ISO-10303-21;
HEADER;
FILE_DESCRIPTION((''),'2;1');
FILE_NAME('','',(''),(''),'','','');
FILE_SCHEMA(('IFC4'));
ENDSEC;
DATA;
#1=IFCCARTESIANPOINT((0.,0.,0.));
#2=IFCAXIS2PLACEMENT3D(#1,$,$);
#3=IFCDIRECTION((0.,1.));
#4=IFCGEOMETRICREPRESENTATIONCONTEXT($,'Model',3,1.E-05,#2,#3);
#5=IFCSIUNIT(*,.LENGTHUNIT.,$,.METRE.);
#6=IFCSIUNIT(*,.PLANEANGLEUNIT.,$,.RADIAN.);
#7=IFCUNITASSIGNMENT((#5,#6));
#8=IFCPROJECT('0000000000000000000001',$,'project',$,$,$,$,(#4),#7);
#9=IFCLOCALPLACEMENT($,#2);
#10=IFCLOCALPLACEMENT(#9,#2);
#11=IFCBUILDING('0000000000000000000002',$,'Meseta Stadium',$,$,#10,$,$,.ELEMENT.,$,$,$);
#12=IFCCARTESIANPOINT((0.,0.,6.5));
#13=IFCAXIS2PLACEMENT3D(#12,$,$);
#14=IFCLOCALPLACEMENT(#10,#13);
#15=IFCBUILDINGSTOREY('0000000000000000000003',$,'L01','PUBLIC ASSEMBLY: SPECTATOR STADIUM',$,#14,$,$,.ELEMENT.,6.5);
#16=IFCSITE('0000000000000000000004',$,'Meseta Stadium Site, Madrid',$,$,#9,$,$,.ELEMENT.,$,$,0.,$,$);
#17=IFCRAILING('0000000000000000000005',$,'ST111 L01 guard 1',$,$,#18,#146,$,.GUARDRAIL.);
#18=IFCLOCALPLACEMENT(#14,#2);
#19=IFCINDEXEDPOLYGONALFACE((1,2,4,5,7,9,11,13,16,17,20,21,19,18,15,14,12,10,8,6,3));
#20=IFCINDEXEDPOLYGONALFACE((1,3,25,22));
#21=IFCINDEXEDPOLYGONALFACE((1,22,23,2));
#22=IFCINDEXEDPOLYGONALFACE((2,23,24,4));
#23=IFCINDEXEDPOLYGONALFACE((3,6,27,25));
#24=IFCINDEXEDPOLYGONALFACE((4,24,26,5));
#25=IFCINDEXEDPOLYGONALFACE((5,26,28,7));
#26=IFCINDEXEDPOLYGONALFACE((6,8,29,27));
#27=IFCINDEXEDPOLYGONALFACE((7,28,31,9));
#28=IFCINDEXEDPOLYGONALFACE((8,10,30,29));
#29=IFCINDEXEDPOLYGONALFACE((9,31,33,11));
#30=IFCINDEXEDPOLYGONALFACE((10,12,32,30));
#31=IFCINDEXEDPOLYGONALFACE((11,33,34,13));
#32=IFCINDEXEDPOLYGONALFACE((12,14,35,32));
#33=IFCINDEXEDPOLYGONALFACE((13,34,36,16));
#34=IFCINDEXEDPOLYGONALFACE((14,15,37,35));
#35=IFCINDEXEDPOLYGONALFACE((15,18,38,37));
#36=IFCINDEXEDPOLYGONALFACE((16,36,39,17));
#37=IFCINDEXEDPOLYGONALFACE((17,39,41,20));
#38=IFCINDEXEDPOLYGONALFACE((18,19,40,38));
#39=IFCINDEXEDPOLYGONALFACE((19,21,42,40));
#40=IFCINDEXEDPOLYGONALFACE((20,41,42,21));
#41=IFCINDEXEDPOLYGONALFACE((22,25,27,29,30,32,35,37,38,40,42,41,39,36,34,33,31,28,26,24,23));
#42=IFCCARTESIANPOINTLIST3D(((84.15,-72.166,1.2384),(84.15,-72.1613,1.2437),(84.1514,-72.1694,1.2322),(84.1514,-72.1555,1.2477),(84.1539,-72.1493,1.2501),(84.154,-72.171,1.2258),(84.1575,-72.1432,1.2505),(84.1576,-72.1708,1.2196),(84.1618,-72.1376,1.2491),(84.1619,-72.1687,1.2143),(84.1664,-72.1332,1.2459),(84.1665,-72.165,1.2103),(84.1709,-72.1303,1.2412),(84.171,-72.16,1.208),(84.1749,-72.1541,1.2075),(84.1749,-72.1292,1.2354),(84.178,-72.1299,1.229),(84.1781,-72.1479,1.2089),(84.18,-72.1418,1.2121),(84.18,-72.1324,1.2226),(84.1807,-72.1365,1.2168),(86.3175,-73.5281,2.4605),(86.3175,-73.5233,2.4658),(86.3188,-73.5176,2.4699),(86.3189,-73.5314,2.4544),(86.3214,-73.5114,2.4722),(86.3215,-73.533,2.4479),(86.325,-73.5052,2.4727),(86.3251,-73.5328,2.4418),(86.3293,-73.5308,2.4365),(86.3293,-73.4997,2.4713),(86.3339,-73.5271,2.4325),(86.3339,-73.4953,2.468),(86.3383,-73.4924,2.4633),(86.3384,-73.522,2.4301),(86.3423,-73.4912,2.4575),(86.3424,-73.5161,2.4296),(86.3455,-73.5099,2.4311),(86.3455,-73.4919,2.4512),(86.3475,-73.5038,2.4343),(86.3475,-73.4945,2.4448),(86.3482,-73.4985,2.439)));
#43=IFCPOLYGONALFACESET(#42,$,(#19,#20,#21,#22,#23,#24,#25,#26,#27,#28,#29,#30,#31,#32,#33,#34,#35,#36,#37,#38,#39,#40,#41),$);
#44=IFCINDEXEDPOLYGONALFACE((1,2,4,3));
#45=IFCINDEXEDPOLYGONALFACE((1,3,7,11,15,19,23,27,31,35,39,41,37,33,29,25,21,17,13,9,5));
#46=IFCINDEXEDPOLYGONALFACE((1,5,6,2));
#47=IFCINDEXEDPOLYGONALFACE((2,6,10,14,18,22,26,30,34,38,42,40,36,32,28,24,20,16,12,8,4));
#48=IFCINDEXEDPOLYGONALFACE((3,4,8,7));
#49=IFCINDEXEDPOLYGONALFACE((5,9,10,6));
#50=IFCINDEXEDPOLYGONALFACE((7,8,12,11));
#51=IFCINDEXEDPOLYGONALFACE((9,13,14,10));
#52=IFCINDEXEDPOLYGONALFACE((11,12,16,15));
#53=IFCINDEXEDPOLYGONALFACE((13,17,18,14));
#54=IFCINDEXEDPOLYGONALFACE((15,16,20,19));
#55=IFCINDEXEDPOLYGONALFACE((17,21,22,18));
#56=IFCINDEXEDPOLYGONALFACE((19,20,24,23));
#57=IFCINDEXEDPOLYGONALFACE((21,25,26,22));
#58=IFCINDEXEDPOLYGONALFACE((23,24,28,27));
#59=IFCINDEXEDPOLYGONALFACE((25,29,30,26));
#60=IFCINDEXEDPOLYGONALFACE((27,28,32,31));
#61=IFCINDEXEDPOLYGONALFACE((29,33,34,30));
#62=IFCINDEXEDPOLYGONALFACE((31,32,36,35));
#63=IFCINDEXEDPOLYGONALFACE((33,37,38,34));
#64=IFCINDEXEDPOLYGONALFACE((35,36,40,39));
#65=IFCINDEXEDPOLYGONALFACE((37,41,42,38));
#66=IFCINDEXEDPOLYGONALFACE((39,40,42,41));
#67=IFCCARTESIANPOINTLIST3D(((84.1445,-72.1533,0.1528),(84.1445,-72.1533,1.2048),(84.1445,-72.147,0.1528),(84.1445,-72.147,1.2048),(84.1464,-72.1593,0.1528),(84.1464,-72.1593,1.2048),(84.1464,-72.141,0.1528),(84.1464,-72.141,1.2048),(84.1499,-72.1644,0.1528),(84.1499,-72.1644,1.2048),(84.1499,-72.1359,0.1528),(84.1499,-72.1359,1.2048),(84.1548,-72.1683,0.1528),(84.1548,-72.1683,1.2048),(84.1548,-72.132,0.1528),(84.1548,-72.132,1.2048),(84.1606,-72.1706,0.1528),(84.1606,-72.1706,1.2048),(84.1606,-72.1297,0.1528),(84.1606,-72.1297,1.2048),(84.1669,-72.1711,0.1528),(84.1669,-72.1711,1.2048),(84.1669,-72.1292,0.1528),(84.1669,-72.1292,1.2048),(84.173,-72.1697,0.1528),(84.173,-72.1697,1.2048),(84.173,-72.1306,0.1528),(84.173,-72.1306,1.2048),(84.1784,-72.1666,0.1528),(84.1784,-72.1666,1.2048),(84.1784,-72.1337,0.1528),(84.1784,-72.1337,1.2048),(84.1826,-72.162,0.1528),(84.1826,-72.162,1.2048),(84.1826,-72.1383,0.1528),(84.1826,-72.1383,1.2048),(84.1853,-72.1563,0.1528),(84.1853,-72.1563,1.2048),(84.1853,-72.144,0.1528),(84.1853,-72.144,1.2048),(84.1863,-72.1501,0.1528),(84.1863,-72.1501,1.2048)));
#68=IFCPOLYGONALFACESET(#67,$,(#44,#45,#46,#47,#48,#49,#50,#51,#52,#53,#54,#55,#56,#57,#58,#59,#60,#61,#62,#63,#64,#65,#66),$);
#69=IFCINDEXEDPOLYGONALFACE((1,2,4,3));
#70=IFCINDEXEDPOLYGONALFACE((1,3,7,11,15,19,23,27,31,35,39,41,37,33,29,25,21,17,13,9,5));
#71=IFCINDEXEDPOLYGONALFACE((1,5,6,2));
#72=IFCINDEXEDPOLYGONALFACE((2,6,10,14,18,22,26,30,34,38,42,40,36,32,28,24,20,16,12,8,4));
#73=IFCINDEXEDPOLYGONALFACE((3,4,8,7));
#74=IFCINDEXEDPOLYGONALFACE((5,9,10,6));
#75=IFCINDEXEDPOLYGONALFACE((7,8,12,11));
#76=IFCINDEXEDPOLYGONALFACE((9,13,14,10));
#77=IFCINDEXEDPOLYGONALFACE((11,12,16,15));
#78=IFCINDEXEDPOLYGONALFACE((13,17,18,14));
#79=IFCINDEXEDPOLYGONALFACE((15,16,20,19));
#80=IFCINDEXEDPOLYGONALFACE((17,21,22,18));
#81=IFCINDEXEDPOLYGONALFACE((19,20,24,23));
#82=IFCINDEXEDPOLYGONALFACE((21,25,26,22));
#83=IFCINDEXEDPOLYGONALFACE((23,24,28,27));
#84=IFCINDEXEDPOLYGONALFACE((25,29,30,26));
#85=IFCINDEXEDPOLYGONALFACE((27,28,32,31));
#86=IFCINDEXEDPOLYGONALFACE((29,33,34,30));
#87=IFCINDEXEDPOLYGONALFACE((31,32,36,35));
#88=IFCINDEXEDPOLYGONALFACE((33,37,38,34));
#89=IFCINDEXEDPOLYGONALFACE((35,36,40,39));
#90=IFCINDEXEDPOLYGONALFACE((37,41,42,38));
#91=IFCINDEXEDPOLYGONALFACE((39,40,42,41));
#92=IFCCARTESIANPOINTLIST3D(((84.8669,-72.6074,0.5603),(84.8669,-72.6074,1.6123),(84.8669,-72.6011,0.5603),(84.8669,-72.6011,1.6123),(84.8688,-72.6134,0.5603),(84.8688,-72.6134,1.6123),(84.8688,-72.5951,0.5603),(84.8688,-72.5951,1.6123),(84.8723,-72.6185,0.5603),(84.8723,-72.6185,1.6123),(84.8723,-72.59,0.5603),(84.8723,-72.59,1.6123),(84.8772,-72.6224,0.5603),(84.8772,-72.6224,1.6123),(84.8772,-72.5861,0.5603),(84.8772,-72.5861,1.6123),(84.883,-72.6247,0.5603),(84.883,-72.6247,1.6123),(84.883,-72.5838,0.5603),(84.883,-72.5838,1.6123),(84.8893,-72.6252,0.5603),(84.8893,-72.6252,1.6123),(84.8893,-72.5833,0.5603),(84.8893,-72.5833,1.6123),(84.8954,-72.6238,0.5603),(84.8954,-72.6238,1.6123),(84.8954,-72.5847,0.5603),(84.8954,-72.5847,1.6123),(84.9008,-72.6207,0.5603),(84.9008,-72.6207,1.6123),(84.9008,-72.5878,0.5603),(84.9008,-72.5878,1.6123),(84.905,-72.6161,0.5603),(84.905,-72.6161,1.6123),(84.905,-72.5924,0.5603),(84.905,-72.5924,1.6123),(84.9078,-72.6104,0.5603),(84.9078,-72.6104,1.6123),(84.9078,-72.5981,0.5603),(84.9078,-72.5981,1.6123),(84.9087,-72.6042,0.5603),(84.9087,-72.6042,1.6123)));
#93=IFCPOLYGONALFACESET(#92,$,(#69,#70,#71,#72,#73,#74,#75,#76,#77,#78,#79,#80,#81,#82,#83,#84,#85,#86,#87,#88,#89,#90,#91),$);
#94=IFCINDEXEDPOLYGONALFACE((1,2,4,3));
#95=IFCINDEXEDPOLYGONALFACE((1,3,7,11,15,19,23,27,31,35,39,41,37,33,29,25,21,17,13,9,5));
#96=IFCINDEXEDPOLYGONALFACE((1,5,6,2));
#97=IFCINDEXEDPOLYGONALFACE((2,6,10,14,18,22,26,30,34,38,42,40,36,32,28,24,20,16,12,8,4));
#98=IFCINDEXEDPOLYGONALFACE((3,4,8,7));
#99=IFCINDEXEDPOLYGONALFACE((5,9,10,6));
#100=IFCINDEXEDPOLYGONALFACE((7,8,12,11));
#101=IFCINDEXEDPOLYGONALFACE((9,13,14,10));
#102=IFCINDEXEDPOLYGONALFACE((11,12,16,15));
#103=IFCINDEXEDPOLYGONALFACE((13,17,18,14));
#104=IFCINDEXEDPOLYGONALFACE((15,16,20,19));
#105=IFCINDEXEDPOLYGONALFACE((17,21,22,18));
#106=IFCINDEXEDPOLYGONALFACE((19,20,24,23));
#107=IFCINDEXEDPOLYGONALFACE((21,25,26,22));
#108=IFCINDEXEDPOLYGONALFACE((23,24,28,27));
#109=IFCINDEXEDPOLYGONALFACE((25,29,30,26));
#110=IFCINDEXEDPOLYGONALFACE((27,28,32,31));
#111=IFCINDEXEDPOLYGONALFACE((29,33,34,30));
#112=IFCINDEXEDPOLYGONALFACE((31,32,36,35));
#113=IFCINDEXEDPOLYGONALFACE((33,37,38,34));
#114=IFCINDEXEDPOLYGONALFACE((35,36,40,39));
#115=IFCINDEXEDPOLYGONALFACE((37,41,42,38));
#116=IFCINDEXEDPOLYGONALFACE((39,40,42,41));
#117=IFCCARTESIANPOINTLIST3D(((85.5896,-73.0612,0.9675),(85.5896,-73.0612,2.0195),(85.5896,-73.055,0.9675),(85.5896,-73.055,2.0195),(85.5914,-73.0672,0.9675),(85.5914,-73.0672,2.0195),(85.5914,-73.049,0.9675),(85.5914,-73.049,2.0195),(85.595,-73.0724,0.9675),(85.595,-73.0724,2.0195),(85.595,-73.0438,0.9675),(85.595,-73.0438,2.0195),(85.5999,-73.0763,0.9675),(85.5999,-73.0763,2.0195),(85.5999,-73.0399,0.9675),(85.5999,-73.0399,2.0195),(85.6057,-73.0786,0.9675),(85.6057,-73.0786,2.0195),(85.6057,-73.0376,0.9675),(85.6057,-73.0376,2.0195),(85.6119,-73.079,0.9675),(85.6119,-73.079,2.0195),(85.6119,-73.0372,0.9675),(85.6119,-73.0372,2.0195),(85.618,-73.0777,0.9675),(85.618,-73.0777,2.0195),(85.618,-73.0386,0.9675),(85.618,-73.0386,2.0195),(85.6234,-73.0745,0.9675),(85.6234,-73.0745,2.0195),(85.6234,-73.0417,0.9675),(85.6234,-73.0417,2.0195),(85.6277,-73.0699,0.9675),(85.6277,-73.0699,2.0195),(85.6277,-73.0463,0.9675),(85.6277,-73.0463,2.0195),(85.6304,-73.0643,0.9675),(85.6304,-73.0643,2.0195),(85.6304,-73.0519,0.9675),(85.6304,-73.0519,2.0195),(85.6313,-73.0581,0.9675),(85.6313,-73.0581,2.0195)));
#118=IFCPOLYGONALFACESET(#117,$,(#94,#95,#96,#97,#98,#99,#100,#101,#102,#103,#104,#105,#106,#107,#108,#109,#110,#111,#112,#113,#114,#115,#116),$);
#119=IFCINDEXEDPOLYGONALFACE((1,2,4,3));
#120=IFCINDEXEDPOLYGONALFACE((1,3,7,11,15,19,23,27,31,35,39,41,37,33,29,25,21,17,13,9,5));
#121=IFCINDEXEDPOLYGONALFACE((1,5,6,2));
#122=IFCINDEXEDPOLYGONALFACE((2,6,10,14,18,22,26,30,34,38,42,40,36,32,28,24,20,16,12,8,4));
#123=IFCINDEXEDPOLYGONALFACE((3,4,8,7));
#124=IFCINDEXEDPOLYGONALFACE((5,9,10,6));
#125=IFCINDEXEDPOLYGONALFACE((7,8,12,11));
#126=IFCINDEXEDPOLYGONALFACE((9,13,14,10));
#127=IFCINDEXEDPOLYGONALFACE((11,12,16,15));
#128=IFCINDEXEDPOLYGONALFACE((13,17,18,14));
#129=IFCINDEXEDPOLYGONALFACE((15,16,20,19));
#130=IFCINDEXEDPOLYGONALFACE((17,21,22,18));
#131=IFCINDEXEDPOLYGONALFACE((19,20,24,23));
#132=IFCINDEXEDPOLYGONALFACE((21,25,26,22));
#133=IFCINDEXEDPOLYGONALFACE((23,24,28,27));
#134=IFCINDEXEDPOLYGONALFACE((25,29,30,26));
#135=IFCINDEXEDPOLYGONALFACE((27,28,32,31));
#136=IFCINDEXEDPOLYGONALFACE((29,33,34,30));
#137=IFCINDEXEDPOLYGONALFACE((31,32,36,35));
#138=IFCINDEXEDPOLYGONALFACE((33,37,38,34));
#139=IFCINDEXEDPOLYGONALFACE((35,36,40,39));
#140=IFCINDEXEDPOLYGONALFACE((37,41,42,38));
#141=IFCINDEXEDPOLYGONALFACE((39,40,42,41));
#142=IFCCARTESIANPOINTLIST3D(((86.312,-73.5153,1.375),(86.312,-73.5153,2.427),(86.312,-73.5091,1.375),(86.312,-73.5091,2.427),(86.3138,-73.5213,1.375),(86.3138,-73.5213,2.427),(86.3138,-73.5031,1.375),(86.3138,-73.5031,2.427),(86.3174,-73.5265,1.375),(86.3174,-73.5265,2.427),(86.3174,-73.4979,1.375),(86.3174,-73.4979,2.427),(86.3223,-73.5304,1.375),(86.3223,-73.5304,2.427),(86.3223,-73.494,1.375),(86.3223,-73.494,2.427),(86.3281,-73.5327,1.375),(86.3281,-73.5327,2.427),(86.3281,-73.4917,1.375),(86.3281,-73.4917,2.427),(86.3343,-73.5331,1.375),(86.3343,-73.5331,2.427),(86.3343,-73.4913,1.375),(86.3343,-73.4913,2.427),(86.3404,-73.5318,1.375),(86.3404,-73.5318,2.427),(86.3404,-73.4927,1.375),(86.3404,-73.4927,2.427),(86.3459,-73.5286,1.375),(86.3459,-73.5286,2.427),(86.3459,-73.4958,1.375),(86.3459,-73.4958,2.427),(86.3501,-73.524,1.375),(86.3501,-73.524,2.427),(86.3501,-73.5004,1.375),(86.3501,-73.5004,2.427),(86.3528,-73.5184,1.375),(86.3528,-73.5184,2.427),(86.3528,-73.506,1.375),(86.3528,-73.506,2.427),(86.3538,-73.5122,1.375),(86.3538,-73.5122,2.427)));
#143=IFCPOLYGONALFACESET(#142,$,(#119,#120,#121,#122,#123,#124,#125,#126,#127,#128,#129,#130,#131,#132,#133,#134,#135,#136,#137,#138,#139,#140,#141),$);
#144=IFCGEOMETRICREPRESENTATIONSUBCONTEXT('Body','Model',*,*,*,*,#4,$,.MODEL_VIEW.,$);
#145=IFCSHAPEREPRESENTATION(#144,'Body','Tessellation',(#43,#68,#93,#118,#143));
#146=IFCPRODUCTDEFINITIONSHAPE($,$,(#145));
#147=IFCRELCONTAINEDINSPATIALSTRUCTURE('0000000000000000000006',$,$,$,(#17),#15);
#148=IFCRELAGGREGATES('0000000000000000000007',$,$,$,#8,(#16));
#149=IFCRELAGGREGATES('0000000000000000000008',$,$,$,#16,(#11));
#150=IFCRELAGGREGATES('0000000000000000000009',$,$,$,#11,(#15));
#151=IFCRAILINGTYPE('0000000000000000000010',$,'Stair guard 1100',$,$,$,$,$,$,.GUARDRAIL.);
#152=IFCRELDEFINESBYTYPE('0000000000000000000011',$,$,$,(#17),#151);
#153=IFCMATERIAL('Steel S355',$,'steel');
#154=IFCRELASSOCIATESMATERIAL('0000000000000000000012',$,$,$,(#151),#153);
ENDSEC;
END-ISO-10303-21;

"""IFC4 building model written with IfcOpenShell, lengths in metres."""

from ifc_helpers import new_model, si_unit, direction, frame, origin, origin_2d, place, context, subcontext, project, spatial, circle, extrude, material, type_object, element, save


model = new_model("IFC4")

# Units and contexts
model_context = context("Model", 3, precision=1e-05, world=origin(), true_north=direction((0.0, 1.0)))
body_context = subcontext(model_context, "Body", "Model", "MODEL_VIEW")
ifc_project = project(units=[si_unit("LENGTHUNIT", "METRE"), si_unit("PLANEANGLEUNIT", "RADIAN")], contexts=[model_context])

# Site, building, storey
site_placement = place(None, origin())
site = spatial("IfcSite", under=ifc_project, at=site_placement, Name="Meseta Stadium Site, Madrid", CompositionType="ELEMENT", RefElevation=0.0)
building_placement = place(site_placement, origin())
building = spatial("IfcBuilding", under=site, at=building_placement, Name="Meseta Stadium", CompositionType="ELEMENT")
storey_placement = place(building_placement, frame((0.0, 0.0, 6.5)))
storey = spatial("IfcBuildingStorey", under=building, at=storey_placement, Name="L01", Description="PUBLIC ASSEMBLY: SPECTATOR STADIUM", CompositionType="ELEMENT", Elevation=6.5)

# Railing
ifc_material_1 = material(Name="Steel S355", Category="steel")
railing_type_1 = type_object("IfcRailingType", Name="Stair guard 1100", PredefinedType="GUARDRAIL", material=ifc_material_1)
railing_1_placement = place(storey_placement, frame((84.1653, -72.1501, 0.1528)))
element("IfcRailing", 1, at=railing_1_placement, inside=storey, type_object=railing_type_1, Name="ST111 L01 guard 1", PredefinedType="GUARDRAIL", context=body_context, shape_type="SweptSolid", body=[
    extrude(circle(Radius=0.0239, at=origin_2d()), frame((0.0, 0.0, 1.0762), z_axis=(0.764085, -0.480156, 0.430841), x_axis=(0.532072, 0.846699, 0.0)), (0.0, 0.0, 1.0), 2.8367),
    extrude(circle(Radius=0.021, at=origin_2d()), origin(), (0.0, 0.0, 1.0), 1.052),
    extrude(circle(Radius=0.021, at=origin_2d()), frame((0.7224, -0.4541, 0.4075)), (0.0, 0.0, 1.0), 1.052),
    extrude(circle(Radius=0.021, at=origin_2d()), frame((1.4451, -0.908, 0.8147)), (0.0, 0.0, 1.0), 1.052),
    extrude(circle(Radius=0.021, at=origin_2d()), frame((2.1675, -1.3621, 1.2222)), (0.0, 0.0, 1.0), 1.052),
])

save(model, "model.ifc")
